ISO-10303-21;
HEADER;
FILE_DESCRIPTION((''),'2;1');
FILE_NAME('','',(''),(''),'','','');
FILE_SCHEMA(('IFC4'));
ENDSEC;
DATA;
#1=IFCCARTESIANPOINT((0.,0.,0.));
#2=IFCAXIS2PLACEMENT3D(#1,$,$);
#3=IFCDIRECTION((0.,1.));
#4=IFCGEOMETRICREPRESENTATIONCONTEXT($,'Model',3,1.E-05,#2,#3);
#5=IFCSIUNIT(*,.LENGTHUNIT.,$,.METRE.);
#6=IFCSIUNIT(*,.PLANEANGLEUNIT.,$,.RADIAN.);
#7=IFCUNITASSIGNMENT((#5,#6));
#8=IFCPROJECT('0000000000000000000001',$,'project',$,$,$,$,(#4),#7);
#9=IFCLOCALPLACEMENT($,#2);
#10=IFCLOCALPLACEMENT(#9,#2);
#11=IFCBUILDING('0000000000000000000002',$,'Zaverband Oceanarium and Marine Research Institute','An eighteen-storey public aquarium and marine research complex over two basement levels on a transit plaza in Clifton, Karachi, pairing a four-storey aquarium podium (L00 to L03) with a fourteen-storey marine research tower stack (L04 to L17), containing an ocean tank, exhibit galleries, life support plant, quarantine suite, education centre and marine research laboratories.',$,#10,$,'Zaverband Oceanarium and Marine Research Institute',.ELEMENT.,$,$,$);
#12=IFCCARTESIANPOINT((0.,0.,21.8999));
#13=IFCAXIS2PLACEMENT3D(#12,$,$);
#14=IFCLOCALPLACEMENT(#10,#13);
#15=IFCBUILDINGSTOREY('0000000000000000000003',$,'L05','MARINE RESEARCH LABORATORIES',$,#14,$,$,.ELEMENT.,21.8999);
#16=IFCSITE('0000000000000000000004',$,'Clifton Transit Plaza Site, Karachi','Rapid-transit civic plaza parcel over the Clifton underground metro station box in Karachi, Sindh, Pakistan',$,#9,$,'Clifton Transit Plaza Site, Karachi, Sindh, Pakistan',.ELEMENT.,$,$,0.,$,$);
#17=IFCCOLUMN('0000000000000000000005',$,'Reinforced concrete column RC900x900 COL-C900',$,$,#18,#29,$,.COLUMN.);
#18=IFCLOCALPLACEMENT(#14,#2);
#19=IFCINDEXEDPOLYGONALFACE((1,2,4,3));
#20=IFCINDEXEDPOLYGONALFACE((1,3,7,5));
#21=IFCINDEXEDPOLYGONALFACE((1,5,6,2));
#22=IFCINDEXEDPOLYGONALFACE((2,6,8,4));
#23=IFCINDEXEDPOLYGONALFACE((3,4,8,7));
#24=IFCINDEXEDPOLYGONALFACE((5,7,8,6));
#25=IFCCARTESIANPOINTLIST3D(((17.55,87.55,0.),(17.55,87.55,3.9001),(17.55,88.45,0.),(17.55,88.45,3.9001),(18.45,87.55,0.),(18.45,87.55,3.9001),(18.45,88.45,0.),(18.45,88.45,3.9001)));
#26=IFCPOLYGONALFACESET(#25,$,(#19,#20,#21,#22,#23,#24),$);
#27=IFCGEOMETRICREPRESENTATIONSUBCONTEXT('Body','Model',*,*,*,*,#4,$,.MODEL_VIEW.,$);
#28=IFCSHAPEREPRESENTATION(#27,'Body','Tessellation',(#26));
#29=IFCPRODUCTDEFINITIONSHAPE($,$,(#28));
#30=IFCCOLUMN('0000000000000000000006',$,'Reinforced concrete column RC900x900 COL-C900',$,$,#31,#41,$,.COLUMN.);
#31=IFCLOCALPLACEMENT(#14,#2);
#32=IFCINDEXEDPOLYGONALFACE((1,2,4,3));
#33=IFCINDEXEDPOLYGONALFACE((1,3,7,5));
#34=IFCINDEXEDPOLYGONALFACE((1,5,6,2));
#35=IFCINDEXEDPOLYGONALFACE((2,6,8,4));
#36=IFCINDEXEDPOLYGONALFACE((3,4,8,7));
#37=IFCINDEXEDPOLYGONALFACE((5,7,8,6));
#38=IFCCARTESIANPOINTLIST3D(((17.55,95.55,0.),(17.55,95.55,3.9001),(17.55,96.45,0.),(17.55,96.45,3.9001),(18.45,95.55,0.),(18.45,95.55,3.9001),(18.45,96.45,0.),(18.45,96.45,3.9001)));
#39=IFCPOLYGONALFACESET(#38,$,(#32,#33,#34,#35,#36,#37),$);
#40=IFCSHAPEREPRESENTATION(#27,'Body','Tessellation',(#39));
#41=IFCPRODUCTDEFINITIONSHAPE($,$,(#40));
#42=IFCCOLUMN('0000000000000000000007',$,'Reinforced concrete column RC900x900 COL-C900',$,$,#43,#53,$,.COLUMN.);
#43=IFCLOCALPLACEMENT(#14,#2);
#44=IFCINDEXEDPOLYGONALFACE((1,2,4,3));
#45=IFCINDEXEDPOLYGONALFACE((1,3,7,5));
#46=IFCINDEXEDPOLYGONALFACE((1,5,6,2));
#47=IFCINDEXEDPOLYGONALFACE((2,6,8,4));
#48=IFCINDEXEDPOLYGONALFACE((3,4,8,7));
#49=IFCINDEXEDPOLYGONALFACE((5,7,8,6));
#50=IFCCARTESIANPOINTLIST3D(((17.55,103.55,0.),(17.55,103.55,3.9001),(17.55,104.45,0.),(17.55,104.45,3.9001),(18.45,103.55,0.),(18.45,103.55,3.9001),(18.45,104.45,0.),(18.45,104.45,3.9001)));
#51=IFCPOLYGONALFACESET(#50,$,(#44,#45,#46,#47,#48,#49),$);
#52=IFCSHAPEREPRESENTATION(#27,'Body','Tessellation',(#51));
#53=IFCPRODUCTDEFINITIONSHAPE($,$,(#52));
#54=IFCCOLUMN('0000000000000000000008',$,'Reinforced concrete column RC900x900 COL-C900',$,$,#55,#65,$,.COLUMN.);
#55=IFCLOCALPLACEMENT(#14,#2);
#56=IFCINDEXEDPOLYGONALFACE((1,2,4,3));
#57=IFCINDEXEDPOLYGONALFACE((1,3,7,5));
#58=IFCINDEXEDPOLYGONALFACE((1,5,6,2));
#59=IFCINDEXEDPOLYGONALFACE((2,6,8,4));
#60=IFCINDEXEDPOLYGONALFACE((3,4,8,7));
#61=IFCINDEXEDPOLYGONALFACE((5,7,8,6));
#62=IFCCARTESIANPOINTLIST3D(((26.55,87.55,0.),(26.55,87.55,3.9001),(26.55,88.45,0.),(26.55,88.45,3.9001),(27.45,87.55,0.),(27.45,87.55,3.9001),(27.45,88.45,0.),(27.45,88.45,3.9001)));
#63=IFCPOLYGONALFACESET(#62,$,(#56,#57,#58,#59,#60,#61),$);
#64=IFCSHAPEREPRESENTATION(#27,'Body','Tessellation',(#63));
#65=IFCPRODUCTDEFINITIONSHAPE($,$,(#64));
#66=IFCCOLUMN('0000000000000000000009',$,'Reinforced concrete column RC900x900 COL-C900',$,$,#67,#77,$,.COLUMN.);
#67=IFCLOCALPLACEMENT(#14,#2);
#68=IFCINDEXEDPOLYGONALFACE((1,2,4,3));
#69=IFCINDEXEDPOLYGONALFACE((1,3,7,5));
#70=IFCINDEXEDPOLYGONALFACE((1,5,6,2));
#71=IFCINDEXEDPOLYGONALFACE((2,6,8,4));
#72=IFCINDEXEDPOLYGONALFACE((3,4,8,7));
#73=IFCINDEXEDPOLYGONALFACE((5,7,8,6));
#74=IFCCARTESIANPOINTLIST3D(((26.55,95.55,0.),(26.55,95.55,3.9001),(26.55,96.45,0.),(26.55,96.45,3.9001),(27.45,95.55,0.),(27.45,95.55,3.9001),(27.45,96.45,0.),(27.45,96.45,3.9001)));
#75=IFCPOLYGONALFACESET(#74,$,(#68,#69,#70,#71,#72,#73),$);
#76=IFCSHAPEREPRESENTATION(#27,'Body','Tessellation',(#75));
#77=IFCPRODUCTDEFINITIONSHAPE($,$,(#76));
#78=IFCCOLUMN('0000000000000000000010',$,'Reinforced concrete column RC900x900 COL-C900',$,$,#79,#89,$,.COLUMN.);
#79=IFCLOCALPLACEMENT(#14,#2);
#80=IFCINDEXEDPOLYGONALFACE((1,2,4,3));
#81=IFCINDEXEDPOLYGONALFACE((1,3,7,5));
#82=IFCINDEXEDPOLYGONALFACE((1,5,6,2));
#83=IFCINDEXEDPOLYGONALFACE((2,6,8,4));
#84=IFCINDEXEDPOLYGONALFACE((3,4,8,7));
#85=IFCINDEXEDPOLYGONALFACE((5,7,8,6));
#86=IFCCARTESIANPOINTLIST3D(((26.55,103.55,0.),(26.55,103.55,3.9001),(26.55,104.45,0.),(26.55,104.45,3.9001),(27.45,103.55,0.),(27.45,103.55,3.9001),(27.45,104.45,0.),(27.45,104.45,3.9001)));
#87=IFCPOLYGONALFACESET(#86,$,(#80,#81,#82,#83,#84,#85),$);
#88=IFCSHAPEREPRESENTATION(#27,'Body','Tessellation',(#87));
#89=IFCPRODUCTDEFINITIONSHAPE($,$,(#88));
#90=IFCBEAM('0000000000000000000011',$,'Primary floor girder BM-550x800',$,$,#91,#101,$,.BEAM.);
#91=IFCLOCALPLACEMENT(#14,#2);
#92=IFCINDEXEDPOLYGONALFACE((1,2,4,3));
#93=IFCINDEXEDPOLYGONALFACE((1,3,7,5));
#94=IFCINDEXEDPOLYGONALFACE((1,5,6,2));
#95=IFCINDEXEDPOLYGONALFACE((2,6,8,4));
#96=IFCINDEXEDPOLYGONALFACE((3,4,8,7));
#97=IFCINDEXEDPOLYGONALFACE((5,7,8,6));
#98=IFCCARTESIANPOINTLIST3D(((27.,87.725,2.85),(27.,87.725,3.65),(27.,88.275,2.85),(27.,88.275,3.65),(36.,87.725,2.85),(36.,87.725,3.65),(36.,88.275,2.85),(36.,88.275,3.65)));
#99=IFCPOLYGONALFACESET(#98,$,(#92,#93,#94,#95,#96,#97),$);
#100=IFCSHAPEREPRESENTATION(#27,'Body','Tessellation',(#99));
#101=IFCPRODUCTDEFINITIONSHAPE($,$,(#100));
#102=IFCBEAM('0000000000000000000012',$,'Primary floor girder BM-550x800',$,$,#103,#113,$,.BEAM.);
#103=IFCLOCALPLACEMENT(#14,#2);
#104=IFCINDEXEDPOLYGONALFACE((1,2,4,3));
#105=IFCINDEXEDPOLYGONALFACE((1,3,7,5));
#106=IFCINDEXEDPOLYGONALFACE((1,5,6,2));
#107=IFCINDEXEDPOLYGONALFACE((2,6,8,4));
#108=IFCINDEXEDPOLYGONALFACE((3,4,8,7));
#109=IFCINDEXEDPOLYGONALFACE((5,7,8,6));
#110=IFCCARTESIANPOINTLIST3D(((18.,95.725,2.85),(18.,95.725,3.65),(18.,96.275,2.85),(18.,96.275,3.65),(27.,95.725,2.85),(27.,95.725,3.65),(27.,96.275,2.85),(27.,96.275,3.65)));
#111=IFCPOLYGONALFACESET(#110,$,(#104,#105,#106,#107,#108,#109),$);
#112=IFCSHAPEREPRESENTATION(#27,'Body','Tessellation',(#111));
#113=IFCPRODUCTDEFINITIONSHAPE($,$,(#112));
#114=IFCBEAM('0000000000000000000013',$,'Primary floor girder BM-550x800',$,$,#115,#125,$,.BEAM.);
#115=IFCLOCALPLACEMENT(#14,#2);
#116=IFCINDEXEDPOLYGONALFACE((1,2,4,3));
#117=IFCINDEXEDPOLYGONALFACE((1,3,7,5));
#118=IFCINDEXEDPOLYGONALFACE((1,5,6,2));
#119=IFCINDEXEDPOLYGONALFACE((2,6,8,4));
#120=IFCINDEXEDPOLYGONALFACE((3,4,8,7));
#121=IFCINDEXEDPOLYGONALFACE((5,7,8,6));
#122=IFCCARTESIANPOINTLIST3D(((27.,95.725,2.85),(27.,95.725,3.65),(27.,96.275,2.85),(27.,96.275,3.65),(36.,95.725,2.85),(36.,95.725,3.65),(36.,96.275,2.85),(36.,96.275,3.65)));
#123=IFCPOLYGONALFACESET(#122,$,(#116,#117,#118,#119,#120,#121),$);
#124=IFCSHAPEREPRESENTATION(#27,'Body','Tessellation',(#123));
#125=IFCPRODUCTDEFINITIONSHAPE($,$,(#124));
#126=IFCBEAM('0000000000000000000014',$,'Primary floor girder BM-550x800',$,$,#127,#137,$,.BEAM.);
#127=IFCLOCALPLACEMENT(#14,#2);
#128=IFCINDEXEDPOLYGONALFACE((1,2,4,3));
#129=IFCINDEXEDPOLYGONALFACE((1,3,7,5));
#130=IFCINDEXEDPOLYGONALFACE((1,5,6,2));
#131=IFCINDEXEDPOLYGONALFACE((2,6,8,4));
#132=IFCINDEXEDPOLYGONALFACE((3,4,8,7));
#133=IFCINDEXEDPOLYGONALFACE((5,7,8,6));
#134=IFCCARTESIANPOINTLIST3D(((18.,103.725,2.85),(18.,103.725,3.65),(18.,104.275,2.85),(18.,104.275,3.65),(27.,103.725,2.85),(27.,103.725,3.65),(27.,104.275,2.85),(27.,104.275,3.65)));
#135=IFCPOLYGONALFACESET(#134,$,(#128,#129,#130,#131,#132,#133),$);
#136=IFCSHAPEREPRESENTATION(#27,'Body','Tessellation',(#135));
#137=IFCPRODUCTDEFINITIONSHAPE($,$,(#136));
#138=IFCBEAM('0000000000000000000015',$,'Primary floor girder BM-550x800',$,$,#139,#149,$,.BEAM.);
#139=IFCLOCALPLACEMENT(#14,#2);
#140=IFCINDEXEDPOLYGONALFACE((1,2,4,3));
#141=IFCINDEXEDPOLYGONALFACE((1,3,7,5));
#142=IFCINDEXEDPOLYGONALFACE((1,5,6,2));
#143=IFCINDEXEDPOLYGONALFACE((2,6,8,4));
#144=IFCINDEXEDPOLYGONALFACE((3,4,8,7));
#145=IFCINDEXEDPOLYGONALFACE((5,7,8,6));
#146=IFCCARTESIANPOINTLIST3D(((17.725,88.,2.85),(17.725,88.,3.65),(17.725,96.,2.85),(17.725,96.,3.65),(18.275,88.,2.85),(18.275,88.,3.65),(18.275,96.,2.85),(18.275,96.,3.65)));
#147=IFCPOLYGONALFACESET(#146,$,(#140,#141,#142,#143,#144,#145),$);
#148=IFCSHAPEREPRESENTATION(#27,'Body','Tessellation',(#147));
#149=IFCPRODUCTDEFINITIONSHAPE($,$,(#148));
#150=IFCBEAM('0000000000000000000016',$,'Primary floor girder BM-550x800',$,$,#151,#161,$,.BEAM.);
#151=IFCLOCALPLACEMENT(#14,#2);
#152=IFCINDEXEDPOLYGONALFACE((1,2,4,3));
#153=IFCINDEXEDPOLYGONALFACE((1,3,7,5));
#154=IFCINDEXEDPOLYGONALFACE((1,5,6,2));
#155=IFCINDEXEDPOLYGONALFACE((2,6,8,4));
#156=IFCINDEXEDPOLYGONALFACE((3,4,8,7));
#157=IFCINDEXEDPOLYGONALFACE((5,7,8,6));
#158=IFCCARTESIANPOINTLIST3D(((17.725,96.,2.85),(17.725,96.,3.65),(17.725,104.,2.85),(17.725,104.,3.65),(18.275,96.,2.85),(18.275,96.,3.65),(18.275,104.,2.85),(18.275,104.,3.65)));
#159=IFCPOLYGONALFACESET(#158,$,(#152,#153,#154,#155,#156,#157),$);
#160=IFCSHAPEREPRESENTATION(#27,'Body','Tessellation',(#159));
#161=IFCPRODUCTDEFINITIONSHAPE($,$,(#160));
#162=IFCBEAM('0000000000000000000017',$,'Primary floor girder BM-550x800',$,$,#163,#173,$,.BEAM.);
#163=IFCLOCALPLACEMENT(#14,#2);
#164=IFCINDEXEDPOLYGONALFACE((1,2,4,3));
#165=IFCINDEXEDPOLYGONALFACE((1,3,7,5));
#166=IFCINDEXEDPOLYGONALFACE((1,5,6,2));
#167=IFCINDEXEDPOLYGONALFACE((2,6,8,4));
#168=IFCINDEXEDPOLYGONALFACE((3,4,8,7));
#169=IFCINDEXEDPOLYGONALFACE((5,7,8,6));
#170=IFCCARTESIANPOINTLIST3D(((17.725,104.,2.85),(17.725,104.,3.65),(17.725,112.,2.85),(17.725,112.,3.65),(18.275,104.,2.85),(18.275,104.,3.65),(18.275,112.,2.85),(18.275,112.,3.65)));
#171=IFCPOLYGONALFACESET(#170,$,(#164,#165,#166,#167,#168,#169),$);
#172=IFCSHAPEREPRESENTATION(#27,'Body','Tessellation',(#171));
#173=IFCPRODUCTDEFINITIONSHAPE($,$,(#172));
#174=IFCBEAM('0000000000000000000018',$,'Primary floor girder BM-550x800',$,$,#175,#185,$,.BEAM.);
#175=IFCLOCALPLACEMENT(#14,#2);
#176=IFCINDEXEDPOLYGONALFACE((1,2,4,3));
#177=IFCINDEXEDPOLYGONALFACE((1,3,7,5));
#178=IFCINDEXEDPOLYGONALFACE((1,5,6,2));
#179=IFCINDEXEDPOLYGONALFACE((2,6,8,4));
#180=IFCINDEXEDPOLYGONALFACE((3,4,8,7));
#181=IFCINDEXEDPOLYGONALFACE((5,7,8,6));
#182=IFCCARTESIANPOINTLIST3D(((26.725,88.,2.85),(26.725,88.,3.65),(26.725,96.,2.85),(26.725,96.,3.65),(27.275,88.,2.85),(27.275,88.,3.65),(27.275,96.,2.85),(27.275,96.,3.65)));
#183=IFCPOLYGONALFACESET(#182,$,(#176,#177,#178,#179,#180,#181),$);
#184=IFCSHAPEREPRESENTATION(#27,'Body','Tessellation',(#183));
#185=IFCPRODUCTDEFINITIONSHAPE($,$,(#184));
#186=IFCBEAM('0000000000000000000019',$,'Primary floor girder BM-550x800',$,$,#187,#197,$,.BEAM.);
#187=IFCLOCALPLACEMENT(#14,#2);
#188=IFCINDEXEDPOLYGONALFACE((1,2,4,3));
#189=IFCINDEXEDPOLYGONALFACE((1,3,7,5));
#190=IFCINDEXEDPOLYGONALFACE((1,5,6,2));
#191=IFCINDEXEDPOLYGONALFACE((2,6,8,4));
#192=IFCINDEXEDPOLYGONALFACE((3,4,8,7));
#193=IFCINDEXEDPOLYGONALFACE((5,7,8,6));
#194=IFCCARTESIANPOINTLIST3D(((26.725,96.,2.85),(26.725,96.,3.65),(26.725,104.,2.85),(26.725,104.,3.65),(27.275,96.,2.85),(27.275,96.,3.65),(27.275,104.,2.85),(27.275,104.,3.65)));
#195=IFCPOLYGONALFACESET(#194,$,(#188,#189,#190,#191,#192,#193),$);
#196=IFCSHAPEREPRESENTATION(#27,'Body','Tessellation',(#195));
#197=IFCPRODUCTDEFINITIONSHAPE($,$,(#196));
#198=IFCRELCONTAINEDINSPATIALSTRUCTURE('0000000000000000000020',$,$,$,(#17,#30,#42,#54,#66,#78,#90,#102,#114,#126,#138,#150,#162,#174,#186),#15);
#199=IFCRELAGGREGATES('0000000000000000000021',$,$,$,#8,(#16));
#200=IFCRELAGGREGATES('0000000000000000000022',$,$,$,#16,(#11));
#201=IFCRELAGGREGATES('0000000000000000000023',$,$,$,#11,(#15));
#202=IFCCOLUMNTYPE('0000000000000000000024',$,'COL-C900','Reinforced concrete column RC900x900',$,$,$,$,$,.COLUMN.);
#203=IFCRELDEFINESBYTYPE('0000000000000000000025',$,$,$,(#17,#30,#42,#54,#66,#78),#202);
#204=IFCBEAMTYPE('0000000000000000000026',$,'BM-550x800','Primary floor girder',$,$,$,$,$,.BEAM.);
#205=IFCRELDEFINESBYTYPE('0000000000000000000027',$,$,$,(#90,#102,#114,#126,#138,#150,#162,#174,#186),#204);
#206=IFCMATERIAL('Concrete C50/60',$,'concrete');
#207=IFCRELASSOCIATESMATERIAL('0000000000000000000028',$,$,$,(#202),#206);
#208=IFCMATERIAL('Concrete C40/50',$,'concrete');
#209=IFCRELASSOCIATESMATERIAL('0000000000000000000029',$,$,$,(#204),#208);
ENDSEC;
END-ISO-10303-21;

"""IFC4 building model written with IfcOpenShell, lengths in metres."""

from ifc_helpers import new_model, si_unit, direction, frame, origin, origin_2d, place, context, subcontext, project, spatial, rectangle, extrude, material, material_profile, profile_set, type_object, element, save


model = new_model("IFC4")

# Units and contexts
model_context = context("Model", 3, precision=1e-05, world=origin(), true_north=direction((0.0, 1.0)))
body_context = subcontext(model_context, "Body", "Model", "MODEL_VIEW")
ifc_project = project(units=[si_unit("LENGTHUNIT", "METRE"), si_unit("PLANEANGLEUNIT", "RADIAN")], contexts=[model_context])

# Site, building, storey
site_placement = place(None, origin())
site = spatial("IfcSite", under=ifc_project, at=site_placement, Name="Clifton Transit Plaza Site, Karachi", Description="Rapid-transit civic plaza parcel over the Clifton underground metro station box in Karachi, Sindh, Pakistan", LongName="Clifton Transit Plaza Site, Karachi, Sindh, Pakistan", CompositionType="ELEMENT", RefElevation=0.0)
building_placement = place(site_placement, origin())
building = spatial("IfcBuilding", under=site, at=building_placement, Name="Zaverband Oceanarium and Marine Research Institute", Description="An eighteen-storey public aquarium and marine research complex over two basement levels on a transit plaza in Clifton, Karachi, pairing a four-storey aquarium podium (L00 to L03) with a fourteen-storey marine research tower stack (L04 to L17), containing an ocean tank, exhibit galleries, life support plant, quarantine suite, education centre and marine research laboratories.", LongName="Zaverband Oceanarium and Marine Research Institute", CompositionType="ELEMENT")
storey_placement = place(building_placement, frame((0.0, 0.0, 21.8999)))
storey = spatial("IfcBuildingStorey", under=building, at=storey_placement, Name="L05", Description="MARINE RESEARCH LABORATORIES", CompositionType="ELEMENT", Elevation=21.8999)

# Columns
ifc_material_1 = material(Name="Concrete C50/60", Category="concrete")
ifc_material_profile_1 = material_profile(ifc_material_1, rectangle(XDim=0.8999, YDim=0.8999, at=origin_2d()), Name="RC900x900")
ifc_profile_set_1 = profile_set([ifc_material_profile_1], Name="Concrete C50/60")
column_type = type_object("IfcColumnType", Name="COL-C900", Description="Reinforced concrete column RC900x900", PredefinedType="COLUMN", material=ifc_profile_set_1)
for number, where, z_axis, x_axis, name in (
    (1, (18.0, 88.0, 0.0), (0.0, 0.0, 1.0), (1.0, 0.0, 0.0), "Reinforced concrete column RC900x900 COL-C900"),
    (2, (18.0, 96.0, 0.0), (0.0, 0.0, 1.0), (1.0, 0.0, 0.0), "Reinforced concrete column RC900x900 COL-C900"),
    (3, (18.0, 104.0, 0.0), (0.0, 0.0, 1.0), (1.0, 0.0, 0.0), "Reinforced concrete column RC900x900 COL-C900"),
    (4, (27.0, 88.0, 0.0), (0.0, 0.0, 1.0), (1.0, 0.0, 0.0), "Reinforced concrete column RC900x900 COL-C900"),
    (5, (27.0, 96.0, 0.0), (0.0, 0.0, 1.0), (1.0, 0.0, 0.0), "Reinforced concrete column RC900x900 COL-C900"),
    (6, (27.0, 104.0, 0.0), (0.0, 0.0, 1.0), (1.0, 0.0, 0.0), "Reinforced concrete column RC900x900 COL-C900"),
):
    element("IfcColumn", number, at=place(storey_placement, frame(where, z_axis=z_axis, x_axis=x_axis)), inside=storey, type_object=column_type, Name=name, PredefinedType="COLUMN", context=body_context, shape_type="SweptSolid", body=[
        extrude(rectangle(XDim=0.8999, YDim=0.8999, at=origin_2d()), origin(), (0.0, 0.0, 1.0), 3.9001),
    ])

# Beams
ifc_material_2 = material(Name="Concrete C40/50", Category="concrete")
ifc_material_profile_2 = material_profile(ifc_material_2, rectangle(XDim=0.55, YDim=0.8, at=origin_2d()), Name="RC550x800")
ifc_profile_set_2 = profile_set([ifc_material_profile_2], Name="Concrete C40/50")
beam_type_1 = type_object("IfcBeamType", Name="BM-550x800", Description="Primary floor girder", PredefinedType="BEAM", material=ifc_profile_set_2)
for number, where, z_axis, x_axis, name in (
    (7, (27.0, 88.0, 3.25), (1.0, 0.0, 0.0), (0.0, 1.0, 0.0), "Primary floor girder BM-550x800"),
    (8, (18.0, 96.0, 3.25), (1.0, 0.0, 0.0), (0.0, 1.0, 0.0), "Primary floor girder BM-550x800"),
    (9, (27.0, 96.0, 3.25), (1.0, 0.0, 0.0), (0.0, 1.0, 0.0), "Primary floor girder BM-550x800"),
    (10, (18.0, 104.0, 3.25), (1.0, 0.0, 0.0), (0.0, 1.0, 0.0), "Primary floor girder BM-550x800"),
):
    element("IfcBeam", number, at=place(storey_placement, frame(where, z_axis=z_axis, x_axis=x_axis)), inside=storey, type_object=beam_type_1, Name=name, PredefinedType="BEAM", context=body_context, shape_type="SweptSolid", body=[
        extrude(rectangle(XDim=0.55, YDim=0.8, at=origin_2d()), origin(), (0.0, 0.0, 1.0), 9.0),
    ])
for number, where, z_axis, x_axis, name in (
    (11, (18.0, 88.0, 3.25), (0.0, 1.0, 0.0), (-1.0, 0.0, 0.0), "Primary floor girder BM-550x800"),
    (12, (18.0, 96.0, 3.25), (0.0, 1.0, 0.0), (-1.0, 0.0, 0.0), "Primary floor girder BM-550x800"),
    (13, (18.0, 104.0, 3.25), (0.0, 1.0, 0.0), (-1.0, 0.0, 0.0), "Primary floor girder BM-550x800"),
    (14, (27.0, 88.0, 3.25), (0.0, 1.0, 0.0), (-1.0, 0.0, 0.0), "Primary floor girder BM-550x800"),
    (15, (27.0, 96.0, 3.25), (0.0, 1.0, 0.0), (-1.0, 0.0, 0.0), "Primary floor girder BM-550x800"),
):
    element("IfcBeam", number, at=place(storey_placement, frame(where, z_axis=z_axis, x_axis=x_axis)), inside=storey, type_object=beam_type_1, Name=name, PredefinedType="BEAM", context=body_context, shape_type="SweptSolid", body=[
        extrude(rectangle(XDim=0.55, YDim=0.8, at=origin_2d()), origin(), (0.0, 0.0, 1.0), 8.0),
    ])

save(model, "model.ifc")
